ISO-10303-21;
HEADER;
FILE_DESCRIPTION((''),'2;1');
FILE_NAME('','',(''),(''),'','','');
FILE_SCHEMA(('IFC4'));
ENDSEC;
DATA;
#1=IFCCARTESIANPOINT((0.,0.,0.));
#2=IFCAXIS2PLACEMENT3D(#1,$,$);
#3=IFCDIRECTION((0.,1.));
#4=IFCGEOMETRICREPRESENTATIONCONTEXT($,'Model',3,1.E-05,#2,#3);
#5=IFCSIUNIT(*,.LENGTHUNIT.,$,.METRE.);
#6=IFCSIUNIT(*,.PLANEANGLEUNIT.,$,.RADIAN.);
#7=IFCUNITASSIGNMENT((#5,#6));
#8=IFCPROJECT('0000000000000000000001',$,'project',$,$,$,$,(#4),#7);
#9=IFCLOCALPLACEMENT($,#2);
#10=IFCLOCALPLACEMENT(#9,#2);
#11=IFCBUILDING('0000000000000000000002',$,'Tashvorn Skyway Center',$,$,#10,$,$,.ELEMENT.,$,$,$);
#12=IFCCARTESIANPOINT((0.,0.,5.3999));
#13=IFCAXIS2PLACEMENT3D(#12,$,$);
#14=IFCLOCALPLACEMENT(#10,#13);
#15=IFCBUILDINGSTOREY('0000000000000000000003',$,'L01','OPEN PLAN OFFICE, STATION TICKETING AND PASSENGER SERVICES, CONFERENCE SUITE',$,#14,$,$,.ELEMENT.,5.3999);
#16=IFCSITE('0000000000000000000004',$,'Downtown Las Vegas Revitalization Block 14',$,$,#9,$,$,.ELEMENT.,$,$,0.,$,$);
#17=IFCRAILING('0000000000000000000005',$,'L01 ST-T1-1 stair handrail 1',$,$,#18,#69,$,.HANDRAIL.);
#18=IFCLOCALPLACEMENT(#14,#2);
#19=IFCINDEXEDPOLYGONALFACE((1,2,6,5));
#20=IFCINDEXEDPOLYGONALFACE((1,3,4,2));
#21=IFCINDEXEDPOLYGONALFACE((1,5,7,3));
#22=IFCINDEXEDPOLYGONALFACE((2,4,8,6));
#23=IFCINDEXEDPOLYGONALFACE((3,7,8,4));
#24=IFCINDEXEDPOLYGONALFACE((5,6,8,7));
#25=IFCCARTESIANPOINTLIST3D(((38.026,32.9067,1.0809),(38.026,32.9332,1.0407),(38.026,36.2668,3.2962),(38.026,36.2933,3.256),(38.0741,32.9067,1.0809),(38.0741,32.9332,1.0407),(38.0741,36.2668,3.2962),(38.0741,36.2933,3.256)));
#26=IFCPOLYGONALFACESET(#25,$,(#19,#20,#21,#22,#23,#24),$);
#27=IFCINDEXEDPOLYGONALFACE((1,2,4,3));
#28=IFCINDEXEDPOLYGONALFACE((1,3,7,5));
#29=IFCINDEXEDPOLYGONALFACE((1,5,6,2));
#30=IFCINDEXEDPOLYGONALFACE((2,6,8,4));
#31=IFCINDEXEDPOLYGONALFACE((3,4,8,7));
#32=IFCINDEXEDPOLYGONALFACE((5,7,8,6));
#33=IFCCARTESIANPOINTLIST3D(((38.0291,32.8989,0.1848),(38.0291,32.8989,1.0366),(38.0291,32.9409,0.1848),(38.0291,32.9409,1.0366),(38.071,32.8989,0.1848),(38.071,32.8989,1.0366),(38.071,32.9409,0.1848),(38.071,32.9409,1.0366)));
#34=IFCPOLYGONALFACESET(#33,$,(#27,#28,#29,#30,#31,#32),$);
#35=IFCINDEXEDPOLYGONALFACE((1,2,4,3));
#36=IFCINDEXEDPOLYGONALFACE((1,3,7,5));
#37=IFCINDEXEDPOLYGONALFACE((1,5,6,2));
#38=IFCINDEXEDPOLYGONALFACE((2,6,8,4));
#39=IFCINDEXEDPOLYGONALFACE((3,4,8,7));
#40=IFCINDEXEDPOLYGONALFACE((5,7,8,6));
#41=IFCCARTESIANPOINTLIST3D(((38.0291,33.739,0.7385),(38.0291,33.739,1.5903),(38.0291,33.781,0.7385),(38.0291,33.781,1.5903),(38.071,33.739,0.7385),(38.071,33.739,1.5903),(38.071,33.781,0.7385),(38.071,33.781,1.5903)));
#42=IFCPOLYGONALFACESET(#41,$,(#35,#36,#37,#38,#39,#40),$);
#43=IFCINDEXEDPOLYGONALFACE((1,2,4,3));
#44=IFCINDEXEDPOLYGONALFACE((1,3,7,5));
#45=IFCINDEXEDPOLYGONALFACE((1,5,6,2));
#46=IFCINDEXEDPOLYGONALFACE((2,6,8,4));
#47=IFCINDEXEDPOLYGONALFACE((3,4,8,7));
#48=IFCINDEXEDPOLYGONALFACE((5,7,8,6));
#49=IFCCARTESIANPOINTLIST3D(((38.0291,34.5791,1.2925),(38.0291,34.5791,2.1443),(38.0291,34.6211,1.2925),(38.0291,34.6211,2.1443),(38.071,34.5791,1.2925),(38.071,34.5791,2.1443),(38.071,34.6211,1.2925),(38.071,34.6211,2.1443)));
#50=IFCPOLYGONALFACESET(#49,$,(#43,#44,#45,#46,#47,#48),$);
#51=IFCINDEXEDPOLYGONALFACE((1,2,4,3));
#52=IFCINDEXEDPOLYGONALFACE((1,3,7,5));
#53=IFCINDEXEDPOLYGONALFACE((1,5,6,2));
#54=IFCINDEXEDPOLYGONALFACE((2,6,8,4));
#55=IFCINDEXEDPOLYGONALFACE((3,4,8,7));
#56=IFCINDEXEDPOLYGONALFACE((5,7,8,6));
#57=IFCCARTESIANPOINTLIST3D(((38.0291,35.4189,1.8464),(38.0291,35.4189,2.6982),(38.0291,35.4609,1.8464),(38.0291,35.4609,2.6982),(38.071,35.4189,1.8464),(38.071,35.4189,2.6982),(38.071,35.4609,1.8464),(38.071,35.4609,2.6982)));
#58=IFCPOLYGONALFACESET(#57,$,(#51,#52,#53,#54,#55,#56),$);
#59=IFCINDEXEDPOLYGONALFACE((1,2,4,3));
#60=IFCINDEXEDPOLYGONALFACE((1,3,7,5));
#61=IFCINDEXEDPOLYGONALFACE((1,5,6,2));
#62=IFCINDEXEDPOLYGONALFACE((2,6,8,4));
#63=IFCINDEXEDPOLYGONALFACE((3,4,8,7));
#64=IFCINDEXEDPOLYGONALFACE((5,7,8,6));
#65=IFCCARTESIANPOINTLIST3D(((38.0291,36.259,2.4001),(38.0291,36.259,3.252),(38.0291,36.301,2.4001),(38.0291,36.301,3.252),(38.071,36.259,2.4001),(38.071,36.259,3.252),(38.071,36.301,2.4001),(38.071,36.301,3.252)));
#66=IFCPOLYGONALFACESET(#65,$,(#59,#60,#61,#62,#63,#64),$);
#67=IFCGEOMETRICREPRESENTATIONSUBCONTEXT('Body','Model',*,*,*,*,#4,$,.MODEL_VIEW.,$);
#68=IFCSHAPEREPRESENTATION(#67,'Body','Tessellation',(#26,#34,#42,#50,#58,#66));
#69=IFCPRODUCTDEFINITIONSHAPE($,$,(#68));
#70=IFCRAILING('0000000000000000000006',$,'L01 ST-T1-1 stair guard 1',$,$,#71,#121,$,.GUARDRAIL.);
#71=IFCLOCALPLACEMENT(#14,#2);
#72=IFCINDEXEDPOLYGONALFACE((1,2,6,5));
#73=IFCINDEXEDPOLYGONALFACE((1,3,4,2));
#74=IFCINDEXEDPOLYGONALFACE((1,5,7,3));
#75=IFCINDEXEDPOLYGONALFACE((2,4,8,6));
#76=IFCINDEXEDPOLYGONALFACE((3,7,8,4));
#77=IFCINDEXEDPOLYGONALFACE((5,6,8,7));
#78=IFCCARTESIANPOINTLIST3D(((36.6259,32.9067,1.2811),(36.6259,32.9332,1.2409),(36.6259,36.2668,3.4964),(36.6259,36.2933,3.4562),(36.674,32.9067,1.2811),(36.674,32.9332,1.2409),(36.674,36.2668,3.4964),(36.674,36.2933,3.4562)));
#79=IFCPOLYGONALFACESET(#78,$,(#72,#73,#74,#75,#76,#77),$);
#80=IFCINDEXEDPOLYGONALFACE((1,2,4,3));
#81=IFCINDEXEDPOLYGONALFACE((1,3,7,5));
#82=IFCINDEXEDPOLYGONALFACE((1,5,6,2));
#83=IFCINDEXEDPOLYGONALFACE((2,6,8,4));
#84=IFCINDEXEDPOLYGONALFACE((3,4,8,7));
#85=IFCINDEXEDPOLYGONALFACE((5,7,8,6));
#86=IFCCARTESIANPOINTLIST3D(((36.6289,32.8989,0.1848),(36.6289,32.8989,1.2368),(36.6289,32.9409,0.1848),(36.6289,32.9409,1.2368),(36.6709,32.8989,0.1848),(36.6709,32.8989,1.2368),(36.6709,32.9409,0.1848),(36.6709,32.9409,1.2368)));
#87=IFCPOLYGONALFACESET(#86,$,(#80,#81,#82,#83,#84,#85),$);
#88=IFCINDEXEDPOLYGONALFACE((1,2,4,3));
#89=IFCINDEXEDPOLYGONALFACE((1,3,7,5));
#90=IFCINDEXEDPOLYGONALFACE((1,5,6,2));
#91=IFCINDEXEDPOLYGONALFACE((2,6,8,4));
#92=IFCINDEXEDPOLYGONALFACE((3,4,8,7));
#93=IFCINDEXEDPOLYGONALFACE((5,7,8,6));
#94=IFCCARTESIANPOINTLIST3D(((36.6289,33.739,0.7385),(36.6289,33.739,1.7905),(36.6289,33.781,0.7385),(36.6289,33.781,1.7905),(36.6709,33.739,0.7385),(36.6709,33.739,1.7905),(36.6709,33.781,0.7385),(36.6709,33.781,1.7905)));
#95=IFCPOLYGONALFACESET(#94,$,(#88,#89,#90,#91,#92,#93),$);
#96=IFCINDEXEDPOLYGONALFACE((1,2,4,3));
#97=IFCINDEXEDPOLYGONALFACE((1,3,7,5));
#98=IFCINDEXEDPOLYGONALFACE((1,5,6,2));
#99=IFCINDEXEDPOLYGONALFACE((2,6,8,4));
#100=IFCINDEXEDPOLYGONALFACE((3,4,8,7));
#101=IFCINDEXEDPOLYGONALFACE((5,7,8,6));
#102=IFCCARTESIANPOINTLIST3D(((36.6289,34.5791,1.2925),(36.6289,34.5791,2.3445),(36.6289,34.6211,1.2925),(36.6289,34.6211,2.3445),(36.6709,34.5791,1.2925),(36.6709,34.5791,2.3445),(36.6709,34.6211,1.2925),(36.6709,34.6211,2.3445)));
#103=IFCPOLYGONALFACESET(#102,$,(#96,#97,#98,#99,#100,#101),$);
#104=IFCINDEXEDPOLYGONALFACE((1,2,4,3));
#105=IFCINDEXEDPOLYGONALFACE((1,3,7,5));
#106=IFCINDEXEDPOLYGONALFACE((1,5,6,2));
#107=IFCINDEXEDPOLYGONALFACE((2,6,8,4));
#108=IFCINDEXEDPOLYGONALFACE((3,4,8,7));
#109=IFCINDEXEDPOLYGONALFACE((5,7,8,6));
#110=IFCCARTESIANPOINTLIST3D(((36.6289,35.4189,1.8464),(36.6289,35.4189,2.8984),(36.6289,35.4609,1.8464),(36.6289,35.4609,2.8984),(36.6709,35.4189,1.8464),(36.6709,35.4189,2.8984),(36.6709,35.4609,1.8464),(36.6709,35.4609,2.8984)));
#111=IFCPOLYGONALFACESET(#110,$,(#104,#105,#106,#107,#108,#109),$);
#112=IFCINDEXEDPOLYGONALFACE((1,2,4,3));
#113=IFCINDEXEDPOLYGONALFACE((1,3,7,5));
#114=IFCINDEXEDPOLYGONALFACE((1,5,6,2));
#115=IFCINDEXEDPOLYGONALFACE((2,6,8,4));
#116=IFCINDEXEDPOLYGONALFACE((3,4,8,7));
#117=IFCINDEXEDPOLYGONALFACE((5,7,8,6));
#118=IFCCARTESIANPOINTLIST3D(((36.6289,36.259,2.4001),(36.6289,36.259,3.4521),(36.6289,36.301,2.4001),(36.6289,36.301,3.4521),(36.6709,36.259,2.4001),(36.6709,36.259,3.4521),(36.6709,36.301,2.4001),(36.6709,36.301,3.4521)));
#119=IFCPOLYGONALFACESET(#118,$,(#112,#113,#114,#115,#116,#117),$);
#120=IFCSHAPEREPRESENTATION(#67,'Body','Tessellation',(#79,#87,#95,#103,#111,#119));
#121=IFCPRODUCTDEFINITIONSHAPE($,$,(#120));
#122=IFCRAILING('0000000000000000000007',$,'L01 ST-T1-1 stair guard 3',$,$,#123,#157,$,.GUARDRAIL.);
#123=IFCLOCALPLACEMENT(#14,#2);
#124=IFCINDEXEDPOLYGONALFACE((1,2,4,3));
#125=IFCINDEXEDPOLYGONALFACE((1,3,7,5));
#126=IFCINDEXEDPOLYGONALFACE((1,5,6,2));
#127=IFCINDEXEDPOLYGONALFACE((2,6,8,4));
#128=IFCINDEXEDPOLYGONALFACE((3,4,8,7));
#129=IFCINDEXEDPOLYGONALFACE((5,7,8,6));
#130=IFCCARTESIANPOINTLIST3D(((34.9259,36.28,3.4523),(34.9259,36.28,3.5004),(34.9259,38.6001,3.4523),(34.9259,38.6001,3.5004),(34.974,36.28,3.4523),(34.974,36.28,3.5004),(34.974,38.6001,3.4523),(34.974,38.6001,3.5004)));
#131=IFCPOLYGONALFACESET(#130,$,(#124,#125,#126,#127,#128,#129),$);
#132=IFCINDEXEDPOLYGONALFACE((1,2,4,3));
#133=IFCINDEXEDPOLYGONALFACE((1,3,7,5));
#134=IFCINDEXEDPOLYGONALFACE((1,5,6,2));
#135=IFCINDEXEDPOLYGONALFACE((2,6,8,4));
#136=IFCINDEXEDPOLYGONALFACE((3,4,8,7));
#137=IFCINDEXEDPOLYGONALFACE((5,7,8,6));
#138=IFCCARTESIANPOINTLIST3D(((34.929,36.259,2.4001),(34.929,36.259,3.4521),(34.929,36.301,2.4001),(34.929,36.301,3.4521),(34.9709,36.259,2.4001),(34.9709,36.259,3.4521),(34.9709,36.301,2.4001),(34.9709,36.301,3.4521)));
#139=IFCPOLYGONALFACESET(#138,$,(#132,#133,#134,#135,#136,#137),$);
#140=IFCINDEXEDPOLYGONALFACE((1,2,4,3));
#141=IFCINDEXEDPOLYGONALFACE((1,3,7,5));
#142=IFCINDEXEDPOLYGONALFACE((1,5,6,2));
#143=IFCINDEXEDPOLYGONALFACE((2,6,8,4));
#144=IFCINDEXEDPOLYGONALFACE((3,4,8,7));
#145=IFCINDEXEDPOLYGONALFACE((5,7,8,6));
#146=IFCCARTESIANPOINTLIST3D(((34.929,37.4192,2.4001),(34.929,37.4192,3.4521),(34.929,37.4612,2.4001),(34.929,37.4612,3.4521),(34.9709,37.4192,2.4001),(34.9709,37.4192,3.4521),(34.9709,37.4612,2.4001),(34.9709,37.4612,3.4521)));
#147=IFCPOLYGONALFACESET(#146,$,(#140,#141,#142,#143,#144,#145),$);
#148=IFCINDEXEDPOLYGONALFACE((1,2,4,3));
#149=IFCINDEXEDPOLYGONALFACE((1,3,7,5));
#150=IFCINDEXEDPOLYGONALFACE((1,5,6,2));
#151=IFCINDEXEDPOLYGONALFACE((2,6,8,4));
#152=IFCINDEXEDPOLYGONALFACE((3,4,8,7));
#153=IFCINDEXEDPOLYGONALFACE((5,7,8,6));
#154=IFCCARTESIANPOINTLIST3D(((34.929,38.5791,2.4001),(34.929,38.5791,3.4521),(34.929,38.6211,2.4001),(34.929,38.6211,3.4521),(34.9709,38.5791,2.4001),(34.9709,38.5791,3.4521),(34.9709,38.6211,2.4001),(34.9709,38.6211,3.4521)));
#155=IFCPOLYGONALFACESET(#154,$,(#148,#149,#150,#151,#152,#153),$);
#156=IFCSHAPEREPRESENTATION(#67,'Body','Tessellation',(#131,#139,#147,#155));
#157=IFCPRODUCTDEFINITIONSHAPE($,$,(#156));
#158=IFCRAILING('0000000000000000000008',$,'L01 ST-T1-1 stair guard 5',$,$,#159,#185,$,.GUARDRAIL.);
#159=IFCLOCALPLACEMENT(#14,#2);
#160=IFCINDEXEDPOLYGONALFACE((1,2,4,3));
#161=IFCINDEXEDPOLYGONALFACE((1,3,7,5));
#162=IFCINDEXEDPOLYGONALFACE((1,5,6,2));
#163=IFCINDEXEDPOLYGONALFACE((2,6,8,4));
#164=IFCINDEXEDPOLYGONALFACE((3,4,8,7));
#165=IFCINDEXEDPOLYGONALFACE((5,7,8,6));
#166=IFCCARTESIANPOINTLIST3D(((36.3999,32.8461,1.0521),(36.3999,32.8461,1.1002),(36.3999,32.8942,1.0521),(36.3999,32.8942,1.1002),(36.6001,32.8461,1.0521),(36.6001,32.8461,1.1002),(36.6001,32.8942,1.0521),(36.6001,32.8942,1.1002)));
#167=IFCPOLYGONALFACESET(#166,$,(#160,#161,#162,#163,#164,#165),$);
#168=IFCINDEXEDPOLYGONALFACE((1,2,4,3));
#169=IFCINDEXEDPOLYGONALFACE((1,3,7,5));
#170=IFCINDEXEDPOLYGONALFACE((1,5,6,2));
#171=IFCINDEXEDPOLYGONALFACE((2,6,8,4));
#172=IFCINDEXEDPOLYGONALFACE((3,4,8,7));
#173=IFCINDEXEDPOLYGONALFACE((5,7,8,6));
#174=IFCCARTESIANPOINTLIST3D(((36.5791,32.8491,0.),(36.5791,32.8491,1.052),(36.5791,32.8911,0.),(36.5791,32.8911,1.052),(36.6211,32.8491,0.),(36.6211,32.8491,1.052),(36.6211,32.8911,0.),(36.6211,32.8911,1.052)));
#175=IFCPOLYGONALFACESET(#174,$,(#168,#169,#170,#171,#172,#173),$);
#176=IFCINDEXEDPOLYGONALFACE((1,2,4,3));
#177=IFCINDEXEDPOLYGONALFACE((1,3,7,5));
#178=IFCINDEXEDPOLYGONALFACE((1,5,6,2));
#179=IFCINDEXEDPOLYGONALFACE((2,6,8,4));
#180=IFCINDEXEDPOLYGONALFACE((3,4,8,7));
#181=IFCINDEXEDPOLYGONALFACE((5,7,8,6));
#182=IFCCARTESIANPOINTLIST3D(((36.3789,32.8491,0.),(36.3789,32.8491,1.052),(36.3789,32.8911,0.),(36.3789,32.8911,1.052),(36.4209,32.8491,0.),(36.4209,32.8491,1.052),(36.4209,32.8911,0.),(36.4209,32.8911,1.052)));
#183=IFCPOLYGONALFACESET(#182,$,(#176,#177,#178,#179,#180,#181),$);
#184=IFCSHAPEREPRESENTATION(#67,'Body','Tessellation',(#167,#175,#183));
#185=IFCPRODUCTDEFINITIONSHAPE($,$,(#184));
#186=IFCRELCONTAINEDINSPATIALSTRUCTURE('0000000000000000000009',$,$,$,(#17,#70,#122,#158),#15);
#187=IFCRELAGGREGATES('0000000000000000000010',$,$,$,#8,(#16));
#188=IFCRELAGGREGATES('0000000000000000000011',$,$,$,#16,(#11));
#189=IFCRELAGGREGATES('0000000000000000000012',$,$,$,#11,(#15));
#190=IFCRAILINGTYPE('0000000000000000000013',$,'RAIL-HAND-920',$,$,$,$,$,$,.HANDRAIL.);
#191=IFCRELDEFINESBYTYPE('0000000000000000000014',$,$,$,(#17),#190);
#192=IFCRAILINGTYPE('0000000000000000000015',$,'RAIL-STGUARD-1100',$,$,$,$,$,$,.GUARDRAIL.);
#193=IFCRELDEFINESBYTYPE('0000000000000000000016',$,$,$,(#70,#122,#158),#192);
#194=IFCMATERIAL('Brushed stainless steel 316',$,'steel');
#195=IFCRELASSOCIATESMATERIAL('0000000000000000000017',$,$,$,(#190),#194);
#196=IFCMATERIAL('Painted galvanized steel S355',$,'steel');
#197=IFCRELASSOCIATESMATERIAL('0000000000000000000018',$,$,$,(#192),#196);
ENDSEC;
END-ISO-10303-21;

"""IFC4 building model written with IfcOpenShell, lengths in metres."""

from ifc_helpers import new_model, si_unit, direction, frame, origin, origin_2d, place, context, subcontext, project, spatial, rectangle, extrude, material, type_object, element, save


model = new_model("IFC4")

# Units and contexts
model_context = context("Model", 3, precision=1e-05, world=origin(), true_north=direction((0.0, 1.0)))
body_context = subcontext(model_context, "Body", "Model", "MODEL_VIEW")
ifc_project = project(units=[si_unit("LENGTHUNIT", "METRE"), si_unit("PLANEANGLEUNIT", "RADIAN")], contexts=[model_context])

# Site, building, storey
site_placement = place(None, origin())
site = spatial("IfcSite", under=ifc_project, at=site_placement, Name="Downtown Las Vegas Revitalization Block 14", CompositionType="ELEMENT", RefElevation=0.0)
building_placement = place(site_placement, origin())
building = spatial("IfcBuilding", under=site, at=building_placement, Name="Tashvorn Skyway Center", CompositionType="ELEMENT")
storey_placement = place(building_placement, frame((0.0, 0.0, 5.3999)))
storey = spatial("IfcBuildingStorey", under=building, at=storey_placement, Name="L01", Description="OPEN PLAN OFFICE, STATION TICKETING AND PASSENGER SERVICES, CONFERENCE SUITE", CompositionType="ELEMENT", Elevation=5.3999)

# Railings
ifc_material_1 = material(Name="Brushed stainless steel 316", Category="steel")
railing_type_1 = type_object("IfcRailingType", Name="RAIL-HAND-920", PredefinedType="HANDRAIL", material=ifc_material_1)
railing_1_placement = place(storey_placement, frame((38.05, 32.9199, 0.1848)))
element("IfcRailing", 1, at=railing_1_placement, inside=storey, type_object=railing_type_1, Name="L01 ST-T1-1 stair handrail 1", PredefinedType="HANDRAIL", context=body_context, shape_type="SweptSolid", body=[
    extrude(rectangle(XDim=0.0481, YDim=0.0481, at=origin_2d()), frame((0.0, 0.0, 0.876), z_axis=(0.0, 0.834876, 0.550437), x_axis=(-1.0, 0.0, 0.0)), (0.0, 0.0, 1.0), 4.0247),
    extrude(rectangle(XDim=0.042, YDim=0.042, at=origin_2d()), origin(), (0.0, 0.0, 1.0), 0.8518),
    extrude(rectangle(XDim=0.042, YDim=0.042, at=origin_2d()), frame((0.0, 0.8401, 0.5537)), (0.0, 0.0, 1.0), 0.8518),
    extrude(rectangle(XDim=0.042, YDim=0.042, at=origin_2d()), frame((0.0, 1.6802, 1.1077)), (0.0, 0.0, 1.0), 0.8518),
    extrude(rectangle(XDim=0.042, YDim=0.042, at=origin_2d()), frame((0.0, 2.52, 1.6616)), (0.0, 0.0, 1.0), 0.8518),
    extrude(rectangle(XDim=0.042, YDim=0.042, at=origin_2d()), frame((0.0, 3.3601, 2.2153)), (0.0, 0.0, 1.0), 0.8518),
])
ifc_material_2 = material(Name="Painted galvanized steel S355", Category="steel")
railing_type_2 = type_object("IfcRailingType", Name="RAIL-STGUARD-1100", PredefinedType="GUARDRAIL", material=ifc_material_2)
railing_2_placement = place(storey_placement, frame((36.6499, 32.9199, 0.1848)))
element("IfcRailing", 2, at=railing_2_placement, inside=storey, type_object=railing_type_2, Name="L01 ST-T1-1 stair guard 1", PredefinedType="GUARDRAIL", context=body_context, shape_type="SweptSolid", body=[
    extrude(rectangle(XDim=0.0481, YDim=0.0481, at=origin_2d()), frame((0.0, 0.0, 1.0762), z_axis=(0.0, 0.834876, 0.550437), x_axis=(-1.0, 0.0, 0.0)), (0.0, 0.0, 1.0), 4.0247),
    extrude(rectangle(XDim=0.042, YDim=0.042, at=origin_2d()), origin(), (0.0, 0.0, 1.0), 1.052),
    extrude(rectangle(XDim=0.042, YDim=0.042, at=origin_2d()), frame((0.0, 0.8401, 0.5537)), (0.0, 0.0, 1.0), 1.052),
    extrude(rectangle(XDim=0.042, YDim=0.042, at=origin_2d()), frame((0.0, 1.6802, 1.1077)), (0.0, 0.0, 1.0), 1.052),
    extrude(rectangle(XDim=0.042, YDim=0.042, at=origin_2d()), frame((0.0, 2.52, 1.6616)), (0.0, 0.0, 1.0), 1.052),
    extrude(rectangle(XDim=0.042, YDim=0.042, at=origin_2d()), frame((0.0, 3.3601, 2.2153)), (0.0, 0.0, 1.0), 1.052),
])
railing_3_placement = place(storey_placement, frame((34.95, 36.28, 2.4001)))
element("IfcRailing", 3, at=railing_3_placement, inside=storey, type_object=railing_type_2, Name="L01 ST-T1-1 stair guard 3", PredefinedType="GUARDRAIL", context=body_context, shape_type="SweptSolid", body=[
    extrude(rectangle(XDim=0.0481, YDim=0.0481, at=origin_2d()), frame((0.0, 0.0, 1.0762), z_axis=(0.0, 1.0, 0.0), x_axis=(-1.0, 0.0, 0.0)), (0.0, 0.0, 1.0), 2.3201),
    extrude(rectangle(XDim=0.042, YDim=0.042, at=origin_2d()), origin(), (0.0, 0.0, 1.0), 1.052),
    extrude(rectangle(XDim=0.042, YDim=0.042, at=origin_2d()), frame((0.0, 1.1602, 0.0)), (0.0, 0.0, 1.0), 1.052),
    extrude(rectangle(XDim=0.042, YDim=0.042, at=origin_2d()), frame((0.0, 2.3201, 0.0)), (0.0, 0.0, 1.0), 1.052),
])
railing_4_placement = place(storey_placement, frame((36.6001, 32.8701, 0.0)))
element("IfcRailing", 4, at=railing_4_placement, inside=storey, type_object=railing_type_2, Name="L01 ST-T1-1 stair guard 5", PredefinedType="GUARDRAIL", context=body_context, shape_type="SweptSolid", body=[
    extrude(rectangle(XDim=0.0481, YDim=0.0481, at=origin_2d()), frame((0.0, 0.0, 1.0762), z_axis=(-1.0, 0.0, 0.0), x_axis=(0.0, -1.0, 0.0)), (0.0, 0.0, 1.0), 0.2002),
    extrude(rectangle(XDim=0.042, YDim=0.042, at=origin_2d()), origin(), (0.0, 0.0, 1.0), 1.052),
    extrude(rectangle(XDim=0.042, YDim=0.042, at=origin_2d()), frame((-0.2002, 0.0, 0.0)), (0.0, 0.0, 1.0), 1.052),
])

save(model, "model.ifc")
